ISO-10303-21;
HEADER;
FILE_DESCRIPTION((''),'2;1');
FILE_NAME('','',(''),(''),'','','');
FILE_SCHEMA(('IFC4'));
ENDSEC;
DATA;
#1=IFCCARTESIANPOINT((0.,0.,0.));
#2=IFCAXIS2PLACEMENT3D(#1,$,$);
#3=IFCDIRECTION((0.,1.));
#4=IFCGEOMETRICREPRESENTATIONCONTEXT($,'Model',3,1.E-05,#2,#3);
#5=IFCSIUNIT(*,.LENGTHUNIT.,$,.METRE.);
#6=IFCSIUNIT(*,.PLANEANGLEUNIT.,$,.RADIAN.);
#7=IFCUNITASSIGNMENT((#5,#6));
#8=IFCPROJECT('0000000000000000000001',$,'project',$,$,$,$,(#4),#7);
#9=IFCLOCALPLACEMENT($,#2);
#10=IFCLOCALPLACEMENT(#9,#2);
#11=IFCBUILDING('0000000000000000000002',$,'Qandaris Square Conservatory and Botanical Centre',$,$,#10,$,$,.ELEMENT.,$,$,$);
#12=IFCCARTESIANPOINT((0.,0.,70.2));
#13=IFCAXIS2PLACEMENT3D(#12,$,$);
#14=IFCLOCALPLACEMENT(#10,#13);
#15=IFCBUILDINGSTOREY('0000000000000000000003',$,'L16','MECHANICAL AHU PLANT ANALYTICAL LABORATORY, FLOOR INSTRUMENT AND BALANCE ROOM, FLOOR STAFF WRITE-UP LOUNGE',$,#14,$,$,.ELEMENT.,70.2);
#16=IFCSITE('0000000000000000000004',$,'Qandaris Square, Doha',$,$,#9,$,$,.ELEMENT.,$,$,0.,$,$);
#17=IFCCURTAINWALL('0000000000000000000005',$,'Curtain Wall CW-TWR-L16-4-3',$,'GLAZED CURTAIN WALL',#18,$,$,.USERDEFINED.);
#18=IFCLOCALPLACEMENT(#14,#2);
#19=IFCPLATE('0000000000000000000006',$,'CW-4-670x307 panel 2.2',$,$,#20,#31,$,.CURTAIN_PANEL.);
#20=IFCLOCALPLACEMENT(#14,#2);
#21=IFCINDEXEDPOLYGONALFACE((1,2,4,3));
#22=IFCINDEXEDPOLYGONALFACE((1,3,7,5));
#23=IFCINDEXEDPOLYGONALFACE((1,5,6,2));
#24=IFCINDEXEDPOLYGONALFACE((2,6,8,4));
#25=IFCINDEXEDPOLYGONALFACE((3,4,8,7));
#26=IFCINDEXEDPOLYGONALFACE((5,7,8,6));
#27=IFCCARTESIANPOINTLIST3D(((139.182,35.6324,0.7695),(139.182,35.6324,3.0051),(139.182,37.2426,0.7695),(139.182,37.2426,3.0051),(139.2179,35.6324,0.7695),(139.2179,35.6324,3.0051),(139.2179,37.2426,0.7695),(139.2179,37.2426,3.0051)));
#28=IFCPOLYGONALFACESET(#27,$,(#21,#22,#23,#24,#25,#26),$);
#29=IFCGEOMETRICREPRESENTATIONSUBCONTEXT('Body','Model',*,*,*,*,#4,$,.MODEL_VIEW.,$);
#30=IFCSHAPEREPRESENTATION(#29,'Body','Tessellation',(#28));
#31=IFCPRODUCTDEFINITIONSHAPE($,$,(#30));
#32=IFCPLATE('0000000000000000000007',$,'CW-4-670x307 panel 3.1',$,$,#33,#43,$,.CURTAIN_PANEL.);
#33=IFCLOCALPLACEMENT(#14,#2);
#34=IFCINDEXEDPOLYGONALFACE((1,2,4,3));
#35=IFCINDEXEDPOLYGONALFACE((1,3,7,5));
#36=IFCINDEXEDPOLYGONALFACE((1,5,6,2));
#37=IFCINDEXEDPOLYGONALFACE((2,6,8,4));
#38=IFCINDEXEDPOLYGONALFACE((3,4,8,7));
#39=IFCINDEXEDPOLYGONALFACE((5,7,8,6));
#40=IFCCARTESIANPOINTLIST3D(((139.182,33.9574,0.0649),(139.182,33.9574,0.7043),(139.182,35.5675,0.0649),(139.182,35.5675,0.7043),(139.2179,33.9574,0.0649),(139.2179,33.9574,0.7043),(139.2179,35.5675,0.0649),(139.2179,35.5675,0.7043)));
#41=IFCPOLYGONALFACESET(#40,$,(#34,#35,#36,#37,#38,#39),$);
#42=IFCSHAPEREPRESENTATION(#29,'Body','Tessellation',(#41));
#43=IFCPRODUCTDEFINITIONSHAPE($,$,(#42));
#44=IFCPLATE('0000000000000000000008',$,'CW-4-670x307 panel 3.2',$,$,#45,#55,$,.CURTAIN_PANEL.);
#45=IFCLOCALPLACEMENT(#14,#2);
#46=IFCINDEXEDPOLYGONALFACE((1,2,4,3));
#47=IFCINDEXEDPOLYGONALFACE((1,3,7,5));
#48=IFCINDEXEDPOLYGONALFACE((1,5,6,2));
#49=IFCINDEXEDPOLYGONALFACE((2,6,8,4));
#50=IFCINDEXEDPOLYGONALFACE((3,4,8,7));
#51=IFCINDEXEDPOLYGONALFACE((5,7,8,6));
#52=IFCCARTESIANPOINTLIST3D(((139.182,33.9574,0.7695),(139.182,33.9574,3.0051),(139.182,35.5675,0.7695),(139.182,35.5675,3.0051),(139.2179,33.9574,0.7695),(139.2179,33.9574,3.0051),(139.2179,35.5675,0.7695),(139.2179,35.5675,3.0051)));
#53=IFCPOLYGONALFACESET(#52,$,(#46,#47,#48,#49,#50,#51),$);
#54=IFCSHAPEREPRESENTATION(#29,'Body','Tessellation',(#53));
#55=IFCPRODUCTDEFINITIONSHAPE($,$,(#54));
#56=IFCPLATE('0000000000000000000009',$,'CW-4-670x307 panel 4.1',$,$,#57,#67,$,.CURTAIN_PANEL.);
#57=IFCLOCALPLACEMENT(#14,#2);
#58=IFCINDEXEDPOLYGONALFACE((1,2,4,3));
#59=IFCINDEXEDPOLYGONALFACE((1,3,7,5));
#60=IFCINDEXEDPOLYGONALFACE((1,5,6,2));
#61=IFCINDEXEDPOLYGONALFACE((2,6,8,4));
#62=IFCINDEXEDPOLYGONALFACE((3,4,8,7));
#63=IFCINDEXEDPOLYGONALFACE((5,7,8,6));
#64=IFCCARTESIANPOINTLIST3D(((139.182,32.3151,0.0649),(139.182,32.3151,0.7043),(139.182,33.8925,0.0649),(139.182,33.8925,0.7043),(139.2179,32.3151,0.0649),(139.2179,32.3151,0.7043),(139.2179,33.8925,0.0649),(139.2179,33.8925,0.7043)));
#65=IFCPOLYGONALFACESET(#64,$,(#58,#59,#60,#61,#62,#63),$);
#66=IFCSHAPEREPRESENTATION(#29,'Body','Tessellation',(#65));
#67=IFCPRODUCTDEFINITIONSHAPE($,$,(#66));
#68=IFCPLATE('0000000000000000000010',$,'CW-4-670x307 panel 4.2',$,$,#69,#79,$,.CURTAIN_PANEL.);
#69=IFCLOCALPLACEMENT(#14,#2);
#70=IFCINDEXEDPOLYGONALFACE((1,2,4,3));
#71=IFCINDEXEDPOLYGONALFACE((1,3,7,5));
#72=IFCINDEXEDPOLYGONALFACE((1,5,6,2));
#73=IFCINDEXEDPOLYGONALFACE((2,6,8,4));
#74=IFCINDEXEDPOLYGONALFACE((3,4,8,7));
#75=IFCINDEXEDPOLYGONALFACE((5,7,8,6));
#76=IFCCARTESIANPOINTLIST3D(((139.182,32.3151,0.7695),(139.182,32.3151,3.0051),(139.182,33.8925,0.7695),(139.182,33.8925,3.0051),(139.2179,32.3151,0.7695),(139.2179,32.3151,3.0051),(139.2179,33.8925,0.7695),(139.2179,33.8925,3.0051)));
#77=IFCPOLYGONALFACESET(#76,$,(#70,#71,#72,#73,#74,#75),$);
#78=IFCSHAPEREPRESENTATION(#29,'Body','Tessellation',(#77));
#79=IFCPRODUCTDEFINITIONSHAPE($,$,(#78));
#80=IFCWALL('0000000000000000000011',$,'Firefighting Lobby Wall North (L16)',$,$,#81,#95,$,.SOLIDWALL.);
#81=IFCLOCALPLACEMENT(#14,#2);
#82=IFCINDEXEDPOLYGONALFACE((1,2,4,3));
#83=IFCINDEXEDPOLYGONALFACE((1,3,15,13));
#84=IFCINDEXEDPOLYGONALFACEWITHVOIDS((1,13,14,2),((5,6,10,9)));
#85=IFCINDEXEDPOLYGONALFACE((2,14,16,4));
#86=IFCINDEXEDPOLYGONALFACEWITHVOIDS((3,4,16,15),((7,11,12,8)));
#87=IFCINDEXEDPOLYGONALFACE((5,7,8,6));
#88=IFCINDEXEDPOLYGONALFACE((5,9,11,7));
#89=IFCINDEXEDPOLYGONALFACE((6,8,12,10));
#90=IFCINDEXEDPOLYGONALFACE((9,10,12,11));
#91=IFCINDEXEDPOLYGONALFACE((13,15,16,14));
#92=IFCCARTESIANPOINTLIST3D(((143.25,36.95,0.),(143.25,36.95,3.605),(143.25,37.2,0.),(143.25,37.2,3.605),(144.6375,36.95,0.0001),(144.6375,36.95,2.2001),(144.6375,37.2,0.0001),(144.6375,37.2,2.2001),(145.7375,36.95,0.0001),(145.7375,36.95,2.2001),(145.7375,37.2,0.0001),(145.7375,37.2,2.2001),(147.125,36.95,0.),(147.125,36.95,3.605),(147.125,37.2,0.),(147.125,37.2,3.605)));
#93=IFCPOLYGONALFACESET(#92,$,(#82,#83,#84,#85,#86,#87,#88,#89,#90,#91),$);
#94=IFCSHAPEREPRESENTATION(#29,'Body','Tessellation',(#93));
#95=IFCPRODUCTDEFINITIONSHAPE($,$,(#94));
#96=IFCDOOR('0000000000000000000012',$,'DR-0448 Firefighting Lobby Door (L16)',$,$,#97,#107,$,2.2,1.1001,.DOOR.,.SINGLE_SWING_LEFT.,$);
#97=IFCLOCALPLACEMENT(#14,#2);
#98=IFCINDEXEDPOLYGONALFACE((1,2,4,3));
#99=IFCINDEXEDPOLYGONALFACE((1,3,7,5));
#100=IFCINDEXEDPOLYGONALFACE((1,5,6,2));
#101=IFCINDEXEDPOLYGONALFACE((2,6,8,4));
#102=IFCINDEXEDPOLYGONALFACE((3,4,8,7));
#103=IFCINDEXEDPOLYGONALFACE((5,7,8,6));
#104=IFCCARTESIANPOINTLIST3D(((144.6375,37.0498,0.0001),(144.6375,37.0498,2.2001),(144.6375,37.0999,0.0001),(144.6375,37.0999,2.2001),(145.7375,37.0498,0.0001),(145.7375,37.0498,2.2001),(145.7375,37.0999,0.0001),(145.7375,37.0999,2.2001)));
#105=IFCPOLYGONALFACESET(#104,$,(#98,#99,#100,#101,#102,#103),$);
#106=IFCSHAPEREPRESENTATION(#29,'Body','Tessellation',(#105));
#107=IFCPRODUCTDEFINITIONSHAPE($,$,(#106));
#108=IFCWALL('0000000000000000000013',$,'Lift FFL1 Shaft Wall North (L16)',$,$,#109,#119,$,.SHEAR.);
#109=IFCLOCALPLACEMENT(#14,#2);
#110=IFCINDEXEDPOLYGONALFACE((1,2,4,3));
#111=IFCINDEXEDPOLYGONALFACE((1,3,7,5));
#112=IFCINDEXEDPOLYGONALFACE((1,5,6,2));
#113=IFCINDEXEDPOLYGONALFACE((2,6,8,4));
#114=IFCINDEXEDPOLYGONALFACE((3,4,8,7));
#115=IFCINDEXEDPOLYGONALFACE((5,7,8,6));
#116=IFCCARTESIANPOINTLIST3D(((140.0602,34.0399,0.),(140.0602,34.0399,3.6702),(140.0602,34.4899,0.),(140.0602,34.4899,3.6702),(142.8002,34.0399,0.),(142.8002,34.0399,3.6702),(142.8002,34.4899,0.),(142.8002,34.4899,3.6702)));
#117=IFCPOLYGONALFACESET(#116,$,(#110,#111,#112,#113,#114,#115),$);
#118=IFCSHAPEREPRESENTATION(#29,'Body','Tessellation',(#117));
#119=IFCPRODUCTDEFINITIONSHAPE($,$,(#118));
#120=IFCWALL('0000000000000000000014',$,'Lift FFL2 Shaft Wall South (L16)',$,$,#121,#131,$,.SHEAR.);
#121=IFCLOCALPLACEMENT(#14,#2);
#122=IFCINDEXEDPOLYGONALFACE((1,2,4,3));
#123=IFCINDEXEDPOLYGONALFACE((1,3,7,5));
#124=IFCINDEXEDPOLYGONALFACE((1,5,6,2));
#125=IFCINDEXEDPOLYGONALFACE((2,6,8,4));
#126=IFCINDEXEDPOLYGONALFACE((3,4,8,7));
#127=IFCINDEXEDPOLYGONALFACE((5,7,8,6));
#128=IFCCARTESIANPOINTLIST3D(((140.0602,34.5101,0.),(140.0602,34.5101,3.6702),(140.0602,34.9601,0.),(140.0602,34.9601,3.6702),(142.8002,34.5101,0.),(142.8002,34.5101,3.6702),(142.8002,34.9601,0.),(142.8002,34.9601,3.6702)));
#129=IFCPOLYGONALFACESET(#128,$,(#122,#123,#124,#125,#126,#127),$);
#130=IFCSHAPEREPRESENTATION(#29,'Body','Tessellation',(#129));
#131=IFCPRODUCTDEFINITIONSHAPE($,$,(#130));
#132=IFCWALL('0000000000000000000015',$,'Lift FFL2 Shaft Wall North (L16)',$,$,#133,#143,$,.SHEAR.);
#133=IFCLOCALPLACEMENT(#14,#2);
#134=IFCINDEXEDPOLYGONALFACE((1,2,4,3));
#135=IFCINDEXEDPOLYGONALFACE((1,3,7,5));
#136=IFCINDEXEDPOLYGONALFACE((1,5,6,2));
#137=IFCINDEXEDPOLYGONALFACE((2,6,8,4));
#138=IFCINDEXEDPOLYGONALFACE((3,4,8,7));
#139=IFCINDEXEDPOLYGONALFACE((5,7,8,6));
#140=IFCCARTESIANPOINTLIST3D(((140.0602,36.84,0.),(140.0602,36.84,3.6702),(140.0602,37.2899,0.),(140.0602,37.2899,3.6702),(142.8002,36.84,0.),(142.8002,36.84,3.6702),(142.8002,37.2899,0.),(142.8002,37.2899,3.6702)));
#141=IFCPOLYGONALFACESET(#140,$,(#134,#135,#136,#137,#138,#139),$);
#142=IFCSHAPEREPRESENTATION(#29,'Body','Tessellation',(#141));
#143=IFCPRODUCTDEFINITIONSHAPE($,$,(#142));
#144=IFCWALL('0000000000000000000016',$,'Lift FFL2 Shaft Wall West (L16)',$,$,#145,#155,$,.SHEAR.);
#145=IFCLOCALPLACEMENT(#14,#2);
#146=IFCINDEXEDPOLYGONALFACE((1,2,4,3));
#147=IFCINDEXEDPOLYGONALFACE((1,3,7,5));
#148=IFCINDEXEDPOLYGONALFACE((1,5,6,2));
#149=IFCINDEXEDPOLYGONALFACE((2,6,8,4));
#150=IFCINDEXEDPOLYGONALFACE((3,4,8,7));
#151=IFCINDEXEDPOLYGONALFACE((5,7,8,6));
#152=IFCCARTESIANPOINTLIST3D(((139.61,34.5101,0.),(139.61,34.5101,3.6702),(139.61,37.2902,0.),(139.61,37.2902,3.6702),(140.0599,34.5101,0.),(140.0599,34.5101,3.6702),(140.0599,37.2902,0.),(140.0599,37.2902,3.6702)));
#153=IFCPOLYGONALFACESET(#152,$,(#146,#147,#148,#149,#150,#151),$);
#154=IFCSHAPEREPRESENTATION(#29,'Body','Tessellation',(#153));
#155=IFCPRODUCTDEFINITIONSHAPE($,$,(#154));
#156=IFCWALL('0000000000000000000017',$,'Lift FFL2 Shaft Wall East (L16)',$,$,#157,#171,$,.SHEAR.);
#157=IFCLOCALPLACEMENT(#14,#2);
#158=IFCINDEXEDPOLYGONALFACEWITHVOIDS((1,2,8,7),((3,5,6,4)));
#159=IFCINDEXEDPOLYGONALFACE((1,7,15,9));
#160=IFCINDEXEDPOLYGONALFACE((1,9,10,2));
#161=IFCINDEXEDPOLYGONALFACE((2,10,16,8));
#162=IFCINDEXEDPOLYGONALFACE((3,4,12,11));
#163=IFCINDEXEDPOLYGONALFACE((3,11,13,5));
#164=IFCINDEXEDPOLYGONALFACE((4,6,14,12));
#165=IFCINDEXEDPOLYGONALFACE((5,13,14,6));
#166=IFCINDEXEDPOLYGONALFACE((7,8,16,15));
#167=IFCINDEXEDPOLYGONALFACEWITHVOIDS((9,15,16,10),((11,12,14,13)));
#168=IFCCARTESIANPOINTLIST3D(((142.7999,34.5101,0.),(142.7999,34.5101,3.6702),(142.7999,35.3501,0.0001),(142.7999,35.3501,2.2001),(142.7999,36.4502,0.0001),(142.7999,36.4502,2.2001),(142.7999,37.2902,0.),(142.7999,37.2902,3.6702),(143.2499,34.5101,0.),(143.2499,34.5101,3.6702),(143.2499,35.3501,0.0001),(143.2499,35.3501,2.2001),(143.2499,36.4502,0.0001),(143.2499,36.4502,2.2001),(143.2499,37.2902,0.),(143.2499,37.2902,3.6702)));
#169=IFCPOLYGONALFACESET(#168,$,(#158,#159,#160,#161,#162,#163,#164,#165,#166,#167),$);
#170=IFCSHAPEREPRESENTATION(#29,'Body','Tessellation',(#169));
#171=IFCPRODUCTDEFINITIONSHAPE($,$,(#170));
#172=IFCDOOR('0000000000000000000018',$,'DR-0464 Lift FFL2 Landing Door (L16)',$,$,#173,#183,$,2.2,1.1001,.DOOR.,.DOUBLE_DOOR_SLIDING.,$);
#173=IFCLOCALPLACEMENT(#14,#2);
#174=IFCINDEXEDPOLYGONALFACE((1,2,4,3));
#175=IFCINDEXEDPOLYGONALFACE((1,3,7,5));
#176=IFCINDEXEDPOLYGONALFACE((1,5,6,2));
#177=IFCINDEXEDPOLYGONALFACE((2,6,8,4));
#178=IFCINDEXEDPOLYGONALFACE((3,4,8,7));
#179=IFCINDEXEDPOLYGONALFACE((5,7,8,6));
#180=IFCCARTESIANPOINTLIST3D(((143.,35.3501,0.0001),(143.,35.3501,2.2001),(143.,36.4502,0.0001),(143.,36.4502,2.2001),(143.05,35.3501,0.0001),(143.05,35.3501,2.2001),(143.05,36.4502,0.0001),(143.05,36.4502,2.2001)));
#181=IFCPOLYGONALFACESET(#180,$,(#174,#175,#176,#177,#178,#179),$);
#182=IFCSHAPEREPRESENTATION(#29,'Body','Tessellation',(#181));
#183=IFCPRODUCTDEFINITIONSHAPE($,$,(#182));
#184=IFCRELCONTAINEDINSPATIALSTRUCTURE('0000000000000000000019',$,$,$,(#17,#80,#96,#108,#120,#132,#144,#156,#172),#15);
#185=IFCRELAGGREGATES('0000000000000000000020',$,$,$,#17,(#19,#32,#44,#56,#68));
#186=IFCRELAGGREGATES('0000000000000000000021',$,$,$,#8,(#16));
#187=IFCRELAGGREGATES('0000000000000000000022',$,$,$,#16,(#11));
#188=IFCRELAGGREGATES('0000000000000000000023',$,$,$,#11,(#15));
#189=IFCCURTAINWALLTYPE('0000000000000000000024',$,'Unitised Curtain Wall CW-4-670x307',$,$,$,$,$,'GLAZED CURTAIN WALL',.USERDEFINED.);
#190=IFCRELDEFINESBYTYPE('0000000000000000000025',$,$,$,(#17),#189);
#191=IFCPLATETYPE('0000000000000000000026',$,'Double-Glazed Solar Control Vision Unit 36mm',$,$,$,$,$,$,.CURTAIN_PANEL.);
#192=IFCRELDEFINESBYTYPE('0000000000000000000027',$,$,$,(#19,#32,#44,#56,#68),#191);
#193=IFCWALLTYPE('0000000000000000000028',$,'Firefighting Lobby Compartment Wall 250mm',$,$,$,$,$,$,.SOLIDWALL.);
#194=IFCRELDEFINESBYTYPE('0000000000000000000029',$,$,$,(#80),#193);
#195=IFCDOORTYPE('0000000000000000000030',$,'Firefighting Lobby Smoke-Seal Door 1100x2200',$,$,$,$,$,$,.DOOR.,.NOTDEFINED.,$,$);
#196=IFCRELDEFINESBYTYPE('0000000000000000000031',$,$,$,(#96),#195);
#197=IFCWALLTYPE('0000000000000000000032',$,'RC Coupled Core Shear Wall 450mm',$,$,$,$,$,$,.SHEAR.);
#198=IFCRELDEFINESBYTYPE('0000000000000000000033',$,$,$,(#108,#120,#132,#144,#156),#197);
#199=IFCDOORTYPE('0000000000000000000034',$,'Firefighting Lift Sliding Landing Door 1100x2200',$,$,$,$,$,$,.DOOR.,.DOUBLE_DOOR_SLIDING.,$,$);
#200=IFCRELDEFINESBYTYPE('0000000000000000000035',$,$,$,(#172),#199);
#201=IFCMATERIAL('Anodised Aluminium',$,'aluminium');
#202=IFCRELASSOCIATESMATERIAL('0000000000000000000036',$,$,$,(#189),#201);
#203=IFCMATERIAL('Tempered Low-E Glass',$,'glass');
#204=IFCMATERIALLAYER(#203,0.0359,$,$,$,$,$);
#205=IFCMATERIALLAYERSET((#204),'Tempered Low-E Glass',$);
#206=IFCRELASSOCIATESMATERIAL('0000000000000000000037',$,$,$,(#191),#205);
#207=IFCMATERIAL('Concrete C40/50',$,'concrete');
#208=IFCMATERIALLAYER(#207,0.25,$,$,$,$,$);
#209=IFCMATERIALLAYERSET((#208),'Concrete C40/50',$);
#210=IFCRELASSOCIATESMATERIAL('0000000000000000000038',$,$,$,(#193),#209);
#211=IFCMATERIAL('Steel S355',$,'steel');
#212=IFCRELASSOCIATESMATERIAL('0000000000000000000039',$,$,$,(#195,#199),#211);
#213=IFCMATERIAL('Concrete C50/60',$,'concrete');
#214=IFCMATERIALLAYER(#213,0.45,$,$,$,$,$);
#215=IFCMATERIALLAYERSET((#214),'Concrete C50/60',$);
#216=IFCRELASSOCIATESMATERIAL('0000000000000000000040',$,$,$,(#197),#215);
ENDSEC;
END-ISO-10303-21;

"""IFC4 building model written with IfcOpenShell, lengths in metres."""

from ifc_helpers import new_model, si_unit, direction, frame, frame_2d, origin, origin_2d, place, context, subcontext, project, spatial, rectangle, extrude, material, layer, layer_set, type_object, element, fill, aggregate, save


model = new_model("IFC4")

# Units and contexts
model_context = context("Model", 3, precision=1e-05, world=origin(), true_north=direction((0.0, 1.0)))
body_context = subcontext(model_context, "Body", "Model", "MODEL_VIEW")
ifc_project = project(units=[si_unit("LENGTHUNIT", "METRE"), si_unit("PLANEANGLEUNIT", "RADIAN")], contexts=[model_context])

# Site, building, storey
site_placement = place(None, origin())
site = spatial("IfcSite", under=ifc_project, at=site_placement, Name="Qandaris Square, Doha", CompositionType="ELEMENT", RefElevation=0.0)
building_placement = place(site_placement, origin())
building = spatial("IfcBuilding", under=site, at=building_placement, Name="Qandaris Square Conservatory and Botanical Centre", CompositionType="ELEMENT")
storey_placement = place(building_placement, frame((0.0, 0.0, 70.2)))
storey = spatial("IfcBuildingStorey", under=building, at=storey_placement, Name="L16", Description="MECHANICAL AHU PLANT ANALYTICAL LABORATORY, FLOOR INSTRUMENT AND BALANCE ROOM, FLOOR STAFF WRITE-UP LOUNGE", CompositionType="ELEMENT", Elevation=70.2)

# Shared definitions
ifc_material_1 = material(Name="Steel S355", Category="steel")

# Curtain wall, plates
ifc_material_2 = material(Name="Anodised Aluminium", Category="aluminium")
curtain_wall_type = type_object("IfcCurtainWallType", Name="Unitised Curtain Wall CW-4-670x307", ElementType="GLAZED CURTAIN WALL", PredefinedType="USERDEFINED", material=ifc_material_2)
curtain_wall_placement = place(storey_placement, origin())
curtain_wall = element("IfcCurtainWall", 1, at=curtain_wall_placement, inside=storey, type_object=curtain_wall_type, Name="Curtain Wall CW-TWR-L16-4-3", ObjectType="GLAZED CURTAIN WALL", PredefinedType="USERDEFINED")
ifc_material_3 = material(Name="Tempered Low-E Glass", Category="glass")
ifc_layer_1 = layer(ifc_material_3, 0.0359)
ifc_layer_set_1 = layer_set([ifc_layer_1], Name="Tempered Low-E Glass")
plate_type = type_object("IfcPlateType", Name="Double-Glazed Solar Control Vision Unit 36mm", PredefinedType="CURTAIN_PANEL", material=ifc_layer_set_1)
plate_1_placement = place(storey_placement, frame((139.2, 36.4375, 0.7695), z_axis=(0.0, 0.0, 1.0), x_axis=(0.0, -1.0, 0.0)))
plate_1 = element("IfcPlate", 2, at=plate_1_placement, type_object=plate_type, Name="CW-4-670x307 panel 2.2", PredefinedType="CURTAIN_PANEL", context=body_context, shape_type="SweptSolid", body=[
    extrude(rectangle(XDim=1.6101, YDim=0.0359, at=origin_2d()), origin(), (0.0, 0.0, 1.0), 2.2356),
])
plate_2_placement = place(storey_placement, frame((139.2, 34.7625, 0.0649), z_axis=(0.0, 0.0, 1.0), x_axis=(0.0, -1.0, 0.0)))
plate_2 = element("IfcPlate", 3, at=plate_2_placement, type_object=plate_type, Name="CW-4-670x307 panel 3.1", PredefinedType="CURTAIN_PANEL", context=body_context, shape_type="SweptSolid", body=[
    extrude(rectangle(XDim=1.6101, YDim=0.0359, at=origin_2d()), origin(), (0.0, 0.0, 1.0), 0.6394),
])
plate_3_placement = place(storey_placement, frame((139.2, 34.7625, 0.7695), z_axis=(0.0, 0.0, 1.0), x_axis=(0.0, -1.0, 0.0)))
plate_3 = element("IfcPlate", 4, at=plate_3_placement, type_object=plate_type, Name="CW-4-670x307 panel 3.2", PredefinedType="CURTAIN_PANEL", context=body_context, shape_type="SweptSolid", body=[
    extrude(rectangle(XDim=1.6101, YDim=0.0359, at=origin_2d()), origin(), (0.0, 0.0, 1.0), 2.2356),
])
plate_4_placement = place(storey_placement, frame((139.2, 33.1038, 0.0649), z_axis=(0.0, 0.0, 1.0), x_axis=(0.0, -1.0, 0.0)))
plate_4 = element("IfcPlate", 5, at=plate_4_placement, type_object=plate_type, Name="CW-4-670x307 panel 4.1", PredefinedType="CURTAIN_PANEL", context=body_context, shape_type="SweptSolid", body=[
    extrude(rectangle(XDim=1.5774, YDim=0.0359, at=origin_2d()), origin(), (0.0, 0.0, 1.0), 0.6394),
])
plate_5_placement = place(storey_placement, frame((139.2, 33.1038, 0.7695), z_axis=(0.0, 0.0, 1.0), x_axis=(0.0, -1.0, 0.0)))
plate_5 = element("IfcPlate", 6, at=plate_5_placement, type_object=plate_type, Name="CW-4-670x307 panel 4.2", PredefinedType="CURTAIN_PANEL", context=body_context, shape_type="SweptSolid", body=[
    extrude(rectangle(XDim=1.5774, YDim=0.0359, at=origin_2d()), origin(), (0.0, 0.0, 1.0), 2.2356),
])
aggregate(curtain_wall, [plate_1, plate_2, plate_3, plate_4, plate_5])

# Wall, opening, door
ifc_material_4 = material(Name="Concrete C40/50", Category="concrete")
ifc_layer_2 = layer(ifc_material_4, 0.25)
ifc_layer_set_2 = layer_set([ifc_layer_2], Name="Concrete C40/50")
wall_type_1 = type_object("IfcWallType", Name="Firefighting Lobby Compartment Wall 250mm", PredefinedType="SOLIDWALL", material=ifc_layer_set_2)
wall_1_placement = place(storey_placement, frame((143.25, 37.075, 0.0), z_axis=(0.0, 0.0, 1.0), x_axis=(1.0, 0.0, 0.0)))
wall_1 = element("IfcWall", 7, at=wall_1_placement, inside=storey, type_object=wall_type_1, Name="Firefighting Lobby Wall North (L16)", PredefinedType="SOLIDWALL", context=body_context, shape_type="SweptSolid", body=[
    extrude(rectangle(XDim=3.875, YDim=0.25, at=frame_2d((1.9375, 0.0))), origin(), (0.0, 0.0, 1.0), 3.605),
])
opening_1_placement = place(wall_1_placement, frame((1.3875, 0.0, 0.0)))
opening_1 = element("IfcOpeningElement", 8, at=opening_1_placement, cuts=wall_1, PredefinedType="OPENING", context=body_context, shape_type="SweptSolid", body=[
    extrude(rectangle(XDim=1.1001, YDim=2.2, at=frame_2d((0.55, 1.1001))), frame((0.0, 0.137, 0.0), z_axis=(0.0, -1.0, 0.0), x_axis=(1.0, 0.0, 0.0)), (0.0, 0.0, 1.0), 0.2739),
])
door_type_1 = type_object("IfcDoorType", Name="Firefighting Lobby Smoke-Seal Door 1100x2200", OperationType="NOTDEFINED", PredefinedType="DOOR", material=ifc_material_1)
door_1_placement = place(opening_1_placement, origin())
door_1 = element("IfcDoor", 9, at=door_1_placement, inside=storey, type_object=door_type_1, Name="DR-0448 Firefighting Lobby Door (L16)", OperationType="SINGLE_SWING_LEFT", OverallHeight=2.2, OverallWidth=1.1001, PredefinedType="DOOR", context=body_context, shape_type="SweptSolid", body=[
    extrude(rectangle(XDim=1.1001, YDim=2.2, at=frame_2d((0.55, 1.1001))), frame((0.0, 0.0249, 0.0), z_axis=(0.0, -1.0, 0.0), x_axis=(1.0, 0.0, 0.0)), (0.0, 0.0, 1.0), 0.05),
])
fill(opening_1, door_1)

# Walls
ifc_material_5 = material(Name="Concrete C50/60", Category="concrete")
ifc_layer_3 = layer(ifc_material_5, 0.45)
ifc_layer_set_3 = layer_set([ifc_layer_3], Name="Concrete C50/60")
wall_type_2 = type_object("IfcWallType", Name="RC Coupled Core Shear Wall 450mm", PredefinedType="SHEAR", material=ifc_layer_set_3)
for number, where, z_axis, x_axis, name in (
    (10, (140.0601, 34.2649, 0.0), (0.0, 0.0, 1.0), (1.0, 0.0, 0.0), "Lift FFL1 Shaft Wall North (L16)"),
    (11, (140.0601, 34.7351, 0.0), (0.0, 0.0, 1.0), (1.0, 0.0, 0.0), "Lift FFL2 Shaft Wall South (L16)"),
    (12, (140.0601, 37.0649, 0.0), (0.0, 0.0, 1.0), (1.0, 0.0, 0.0), "Lift FFL2 Shaft Wall North (L16)"),
):
    element("IfcWall", number, at=place(storey_placement, frame(where, z_axis=z_axis, x_axis=x_axis)), inside=storey, type_object=wall_type_2, Name=name, PredefinedType="SHEAR", context=body_context, shape_type="SweptSolid", body=[
        extrude(rectangle(XDim=2.74, YDim=0.45, at=frame_2d((1.3701, 0.0))), origin(), (0.0, 0.0, 1.0), 3.6702),
    ])
wall_2_placement = place(storey_placement, frame((139.835, 34.51, 0.0), z_axis=(0.0, 0.0, 1.0), x_axis=(0.0, 1.0, 0.0)))
element("IfcWall", 13, at=wall_2_placement, inside=storey, type_object=wall_type_2, Name="Lift FFL2 Shaft Wall West (L16)", PredefinedType="SHEAR", context=body_context, shape_type="SweptSolid", body=[
    extrude(rectangle(XDim=2.78, YDim=0.45, at=frame_2d((1.3901, 0.0))), origin(), (0.0, 0.0, 1.0), 3.6702),
])

# Wall, opening, door
wall_3_placement = place(storey_placement, frame((143.0249, 34.51, 0.0), z_axis=(0.0, 0.0, 1.0), x_axis=(0.0, 1.0, 0.0)))
wall_3 = element("IfcWall", 14, at=wall_3_placement, inside=storey, type_object=wall_type_2, Name="Lift FFL2 Shaft Wall East (L16)", PredefinedType="SHEAR", context=body_context, shape_type="SweptSolid", body=[
    extrude(rectangle(XDim=2.78, YDim=0.45, at=frame_2d((1.3901, 0.0))), origin(), (0.0, 0.0, 1.0), 3.6702),
])
opening_2_placement = place(wall_3_placement, frame((0.8401, 0.0, 0.0)))
opening_2 = element("IfcOpeningElement", 15, at=opening_2_placement, cuts=wall_3, PredefinedType="OPENING", context=body_context, shape_type="SweptSolid", body=[
    extrude(rectangle(XDim=1.1001, YDim=2.2, at=frame_2d((0.55, 1.1001))), frame((0.0, 0.2368, 0.0), z_axis=(0.0, -1.0, 0.0), x_axis=(1.0, 0.0, 0.0)), (0.0, 0.0, 1.0), 0.4739),
])
door_type_2 = type_object("IfcDoorType", Name="Firefighting Lift Sliding Landing Door 1100x2200", OperationType="DOUBLE_DOOR_SLIDING", PredefinedType="DOOR", material=ifc_material_1)
door_2_placement = place(opening_2_placement, origin())
door_2 = element("IfcDoor", 16, at=door_2_placement, inside=storey, type_object=door_type_2, Name="DR-0464 Lift FFL2 Landing Door (L16)", OperationType="DOUBLE_DOOR_SLIDING", OverallHeight=2.2, OverallWidth=1.1001, PredefinedType="DOOR", context=body_context, shape_type="SweptSolid", body=[
    extrude(rectangle(XDim=1.1001, YDim=2.2, at=frame_2d((0.55, 1.1001))), frame((0.0, 0.0249, 0.0), z_axis=(0.0, -1.0, 0.0), x_axis=(1.0, 0.0, 0.0)), (0.0, 0.0, 1.0), 0.05),
])
fill(opening_2, door_2)

save(model, "model.ifc")
